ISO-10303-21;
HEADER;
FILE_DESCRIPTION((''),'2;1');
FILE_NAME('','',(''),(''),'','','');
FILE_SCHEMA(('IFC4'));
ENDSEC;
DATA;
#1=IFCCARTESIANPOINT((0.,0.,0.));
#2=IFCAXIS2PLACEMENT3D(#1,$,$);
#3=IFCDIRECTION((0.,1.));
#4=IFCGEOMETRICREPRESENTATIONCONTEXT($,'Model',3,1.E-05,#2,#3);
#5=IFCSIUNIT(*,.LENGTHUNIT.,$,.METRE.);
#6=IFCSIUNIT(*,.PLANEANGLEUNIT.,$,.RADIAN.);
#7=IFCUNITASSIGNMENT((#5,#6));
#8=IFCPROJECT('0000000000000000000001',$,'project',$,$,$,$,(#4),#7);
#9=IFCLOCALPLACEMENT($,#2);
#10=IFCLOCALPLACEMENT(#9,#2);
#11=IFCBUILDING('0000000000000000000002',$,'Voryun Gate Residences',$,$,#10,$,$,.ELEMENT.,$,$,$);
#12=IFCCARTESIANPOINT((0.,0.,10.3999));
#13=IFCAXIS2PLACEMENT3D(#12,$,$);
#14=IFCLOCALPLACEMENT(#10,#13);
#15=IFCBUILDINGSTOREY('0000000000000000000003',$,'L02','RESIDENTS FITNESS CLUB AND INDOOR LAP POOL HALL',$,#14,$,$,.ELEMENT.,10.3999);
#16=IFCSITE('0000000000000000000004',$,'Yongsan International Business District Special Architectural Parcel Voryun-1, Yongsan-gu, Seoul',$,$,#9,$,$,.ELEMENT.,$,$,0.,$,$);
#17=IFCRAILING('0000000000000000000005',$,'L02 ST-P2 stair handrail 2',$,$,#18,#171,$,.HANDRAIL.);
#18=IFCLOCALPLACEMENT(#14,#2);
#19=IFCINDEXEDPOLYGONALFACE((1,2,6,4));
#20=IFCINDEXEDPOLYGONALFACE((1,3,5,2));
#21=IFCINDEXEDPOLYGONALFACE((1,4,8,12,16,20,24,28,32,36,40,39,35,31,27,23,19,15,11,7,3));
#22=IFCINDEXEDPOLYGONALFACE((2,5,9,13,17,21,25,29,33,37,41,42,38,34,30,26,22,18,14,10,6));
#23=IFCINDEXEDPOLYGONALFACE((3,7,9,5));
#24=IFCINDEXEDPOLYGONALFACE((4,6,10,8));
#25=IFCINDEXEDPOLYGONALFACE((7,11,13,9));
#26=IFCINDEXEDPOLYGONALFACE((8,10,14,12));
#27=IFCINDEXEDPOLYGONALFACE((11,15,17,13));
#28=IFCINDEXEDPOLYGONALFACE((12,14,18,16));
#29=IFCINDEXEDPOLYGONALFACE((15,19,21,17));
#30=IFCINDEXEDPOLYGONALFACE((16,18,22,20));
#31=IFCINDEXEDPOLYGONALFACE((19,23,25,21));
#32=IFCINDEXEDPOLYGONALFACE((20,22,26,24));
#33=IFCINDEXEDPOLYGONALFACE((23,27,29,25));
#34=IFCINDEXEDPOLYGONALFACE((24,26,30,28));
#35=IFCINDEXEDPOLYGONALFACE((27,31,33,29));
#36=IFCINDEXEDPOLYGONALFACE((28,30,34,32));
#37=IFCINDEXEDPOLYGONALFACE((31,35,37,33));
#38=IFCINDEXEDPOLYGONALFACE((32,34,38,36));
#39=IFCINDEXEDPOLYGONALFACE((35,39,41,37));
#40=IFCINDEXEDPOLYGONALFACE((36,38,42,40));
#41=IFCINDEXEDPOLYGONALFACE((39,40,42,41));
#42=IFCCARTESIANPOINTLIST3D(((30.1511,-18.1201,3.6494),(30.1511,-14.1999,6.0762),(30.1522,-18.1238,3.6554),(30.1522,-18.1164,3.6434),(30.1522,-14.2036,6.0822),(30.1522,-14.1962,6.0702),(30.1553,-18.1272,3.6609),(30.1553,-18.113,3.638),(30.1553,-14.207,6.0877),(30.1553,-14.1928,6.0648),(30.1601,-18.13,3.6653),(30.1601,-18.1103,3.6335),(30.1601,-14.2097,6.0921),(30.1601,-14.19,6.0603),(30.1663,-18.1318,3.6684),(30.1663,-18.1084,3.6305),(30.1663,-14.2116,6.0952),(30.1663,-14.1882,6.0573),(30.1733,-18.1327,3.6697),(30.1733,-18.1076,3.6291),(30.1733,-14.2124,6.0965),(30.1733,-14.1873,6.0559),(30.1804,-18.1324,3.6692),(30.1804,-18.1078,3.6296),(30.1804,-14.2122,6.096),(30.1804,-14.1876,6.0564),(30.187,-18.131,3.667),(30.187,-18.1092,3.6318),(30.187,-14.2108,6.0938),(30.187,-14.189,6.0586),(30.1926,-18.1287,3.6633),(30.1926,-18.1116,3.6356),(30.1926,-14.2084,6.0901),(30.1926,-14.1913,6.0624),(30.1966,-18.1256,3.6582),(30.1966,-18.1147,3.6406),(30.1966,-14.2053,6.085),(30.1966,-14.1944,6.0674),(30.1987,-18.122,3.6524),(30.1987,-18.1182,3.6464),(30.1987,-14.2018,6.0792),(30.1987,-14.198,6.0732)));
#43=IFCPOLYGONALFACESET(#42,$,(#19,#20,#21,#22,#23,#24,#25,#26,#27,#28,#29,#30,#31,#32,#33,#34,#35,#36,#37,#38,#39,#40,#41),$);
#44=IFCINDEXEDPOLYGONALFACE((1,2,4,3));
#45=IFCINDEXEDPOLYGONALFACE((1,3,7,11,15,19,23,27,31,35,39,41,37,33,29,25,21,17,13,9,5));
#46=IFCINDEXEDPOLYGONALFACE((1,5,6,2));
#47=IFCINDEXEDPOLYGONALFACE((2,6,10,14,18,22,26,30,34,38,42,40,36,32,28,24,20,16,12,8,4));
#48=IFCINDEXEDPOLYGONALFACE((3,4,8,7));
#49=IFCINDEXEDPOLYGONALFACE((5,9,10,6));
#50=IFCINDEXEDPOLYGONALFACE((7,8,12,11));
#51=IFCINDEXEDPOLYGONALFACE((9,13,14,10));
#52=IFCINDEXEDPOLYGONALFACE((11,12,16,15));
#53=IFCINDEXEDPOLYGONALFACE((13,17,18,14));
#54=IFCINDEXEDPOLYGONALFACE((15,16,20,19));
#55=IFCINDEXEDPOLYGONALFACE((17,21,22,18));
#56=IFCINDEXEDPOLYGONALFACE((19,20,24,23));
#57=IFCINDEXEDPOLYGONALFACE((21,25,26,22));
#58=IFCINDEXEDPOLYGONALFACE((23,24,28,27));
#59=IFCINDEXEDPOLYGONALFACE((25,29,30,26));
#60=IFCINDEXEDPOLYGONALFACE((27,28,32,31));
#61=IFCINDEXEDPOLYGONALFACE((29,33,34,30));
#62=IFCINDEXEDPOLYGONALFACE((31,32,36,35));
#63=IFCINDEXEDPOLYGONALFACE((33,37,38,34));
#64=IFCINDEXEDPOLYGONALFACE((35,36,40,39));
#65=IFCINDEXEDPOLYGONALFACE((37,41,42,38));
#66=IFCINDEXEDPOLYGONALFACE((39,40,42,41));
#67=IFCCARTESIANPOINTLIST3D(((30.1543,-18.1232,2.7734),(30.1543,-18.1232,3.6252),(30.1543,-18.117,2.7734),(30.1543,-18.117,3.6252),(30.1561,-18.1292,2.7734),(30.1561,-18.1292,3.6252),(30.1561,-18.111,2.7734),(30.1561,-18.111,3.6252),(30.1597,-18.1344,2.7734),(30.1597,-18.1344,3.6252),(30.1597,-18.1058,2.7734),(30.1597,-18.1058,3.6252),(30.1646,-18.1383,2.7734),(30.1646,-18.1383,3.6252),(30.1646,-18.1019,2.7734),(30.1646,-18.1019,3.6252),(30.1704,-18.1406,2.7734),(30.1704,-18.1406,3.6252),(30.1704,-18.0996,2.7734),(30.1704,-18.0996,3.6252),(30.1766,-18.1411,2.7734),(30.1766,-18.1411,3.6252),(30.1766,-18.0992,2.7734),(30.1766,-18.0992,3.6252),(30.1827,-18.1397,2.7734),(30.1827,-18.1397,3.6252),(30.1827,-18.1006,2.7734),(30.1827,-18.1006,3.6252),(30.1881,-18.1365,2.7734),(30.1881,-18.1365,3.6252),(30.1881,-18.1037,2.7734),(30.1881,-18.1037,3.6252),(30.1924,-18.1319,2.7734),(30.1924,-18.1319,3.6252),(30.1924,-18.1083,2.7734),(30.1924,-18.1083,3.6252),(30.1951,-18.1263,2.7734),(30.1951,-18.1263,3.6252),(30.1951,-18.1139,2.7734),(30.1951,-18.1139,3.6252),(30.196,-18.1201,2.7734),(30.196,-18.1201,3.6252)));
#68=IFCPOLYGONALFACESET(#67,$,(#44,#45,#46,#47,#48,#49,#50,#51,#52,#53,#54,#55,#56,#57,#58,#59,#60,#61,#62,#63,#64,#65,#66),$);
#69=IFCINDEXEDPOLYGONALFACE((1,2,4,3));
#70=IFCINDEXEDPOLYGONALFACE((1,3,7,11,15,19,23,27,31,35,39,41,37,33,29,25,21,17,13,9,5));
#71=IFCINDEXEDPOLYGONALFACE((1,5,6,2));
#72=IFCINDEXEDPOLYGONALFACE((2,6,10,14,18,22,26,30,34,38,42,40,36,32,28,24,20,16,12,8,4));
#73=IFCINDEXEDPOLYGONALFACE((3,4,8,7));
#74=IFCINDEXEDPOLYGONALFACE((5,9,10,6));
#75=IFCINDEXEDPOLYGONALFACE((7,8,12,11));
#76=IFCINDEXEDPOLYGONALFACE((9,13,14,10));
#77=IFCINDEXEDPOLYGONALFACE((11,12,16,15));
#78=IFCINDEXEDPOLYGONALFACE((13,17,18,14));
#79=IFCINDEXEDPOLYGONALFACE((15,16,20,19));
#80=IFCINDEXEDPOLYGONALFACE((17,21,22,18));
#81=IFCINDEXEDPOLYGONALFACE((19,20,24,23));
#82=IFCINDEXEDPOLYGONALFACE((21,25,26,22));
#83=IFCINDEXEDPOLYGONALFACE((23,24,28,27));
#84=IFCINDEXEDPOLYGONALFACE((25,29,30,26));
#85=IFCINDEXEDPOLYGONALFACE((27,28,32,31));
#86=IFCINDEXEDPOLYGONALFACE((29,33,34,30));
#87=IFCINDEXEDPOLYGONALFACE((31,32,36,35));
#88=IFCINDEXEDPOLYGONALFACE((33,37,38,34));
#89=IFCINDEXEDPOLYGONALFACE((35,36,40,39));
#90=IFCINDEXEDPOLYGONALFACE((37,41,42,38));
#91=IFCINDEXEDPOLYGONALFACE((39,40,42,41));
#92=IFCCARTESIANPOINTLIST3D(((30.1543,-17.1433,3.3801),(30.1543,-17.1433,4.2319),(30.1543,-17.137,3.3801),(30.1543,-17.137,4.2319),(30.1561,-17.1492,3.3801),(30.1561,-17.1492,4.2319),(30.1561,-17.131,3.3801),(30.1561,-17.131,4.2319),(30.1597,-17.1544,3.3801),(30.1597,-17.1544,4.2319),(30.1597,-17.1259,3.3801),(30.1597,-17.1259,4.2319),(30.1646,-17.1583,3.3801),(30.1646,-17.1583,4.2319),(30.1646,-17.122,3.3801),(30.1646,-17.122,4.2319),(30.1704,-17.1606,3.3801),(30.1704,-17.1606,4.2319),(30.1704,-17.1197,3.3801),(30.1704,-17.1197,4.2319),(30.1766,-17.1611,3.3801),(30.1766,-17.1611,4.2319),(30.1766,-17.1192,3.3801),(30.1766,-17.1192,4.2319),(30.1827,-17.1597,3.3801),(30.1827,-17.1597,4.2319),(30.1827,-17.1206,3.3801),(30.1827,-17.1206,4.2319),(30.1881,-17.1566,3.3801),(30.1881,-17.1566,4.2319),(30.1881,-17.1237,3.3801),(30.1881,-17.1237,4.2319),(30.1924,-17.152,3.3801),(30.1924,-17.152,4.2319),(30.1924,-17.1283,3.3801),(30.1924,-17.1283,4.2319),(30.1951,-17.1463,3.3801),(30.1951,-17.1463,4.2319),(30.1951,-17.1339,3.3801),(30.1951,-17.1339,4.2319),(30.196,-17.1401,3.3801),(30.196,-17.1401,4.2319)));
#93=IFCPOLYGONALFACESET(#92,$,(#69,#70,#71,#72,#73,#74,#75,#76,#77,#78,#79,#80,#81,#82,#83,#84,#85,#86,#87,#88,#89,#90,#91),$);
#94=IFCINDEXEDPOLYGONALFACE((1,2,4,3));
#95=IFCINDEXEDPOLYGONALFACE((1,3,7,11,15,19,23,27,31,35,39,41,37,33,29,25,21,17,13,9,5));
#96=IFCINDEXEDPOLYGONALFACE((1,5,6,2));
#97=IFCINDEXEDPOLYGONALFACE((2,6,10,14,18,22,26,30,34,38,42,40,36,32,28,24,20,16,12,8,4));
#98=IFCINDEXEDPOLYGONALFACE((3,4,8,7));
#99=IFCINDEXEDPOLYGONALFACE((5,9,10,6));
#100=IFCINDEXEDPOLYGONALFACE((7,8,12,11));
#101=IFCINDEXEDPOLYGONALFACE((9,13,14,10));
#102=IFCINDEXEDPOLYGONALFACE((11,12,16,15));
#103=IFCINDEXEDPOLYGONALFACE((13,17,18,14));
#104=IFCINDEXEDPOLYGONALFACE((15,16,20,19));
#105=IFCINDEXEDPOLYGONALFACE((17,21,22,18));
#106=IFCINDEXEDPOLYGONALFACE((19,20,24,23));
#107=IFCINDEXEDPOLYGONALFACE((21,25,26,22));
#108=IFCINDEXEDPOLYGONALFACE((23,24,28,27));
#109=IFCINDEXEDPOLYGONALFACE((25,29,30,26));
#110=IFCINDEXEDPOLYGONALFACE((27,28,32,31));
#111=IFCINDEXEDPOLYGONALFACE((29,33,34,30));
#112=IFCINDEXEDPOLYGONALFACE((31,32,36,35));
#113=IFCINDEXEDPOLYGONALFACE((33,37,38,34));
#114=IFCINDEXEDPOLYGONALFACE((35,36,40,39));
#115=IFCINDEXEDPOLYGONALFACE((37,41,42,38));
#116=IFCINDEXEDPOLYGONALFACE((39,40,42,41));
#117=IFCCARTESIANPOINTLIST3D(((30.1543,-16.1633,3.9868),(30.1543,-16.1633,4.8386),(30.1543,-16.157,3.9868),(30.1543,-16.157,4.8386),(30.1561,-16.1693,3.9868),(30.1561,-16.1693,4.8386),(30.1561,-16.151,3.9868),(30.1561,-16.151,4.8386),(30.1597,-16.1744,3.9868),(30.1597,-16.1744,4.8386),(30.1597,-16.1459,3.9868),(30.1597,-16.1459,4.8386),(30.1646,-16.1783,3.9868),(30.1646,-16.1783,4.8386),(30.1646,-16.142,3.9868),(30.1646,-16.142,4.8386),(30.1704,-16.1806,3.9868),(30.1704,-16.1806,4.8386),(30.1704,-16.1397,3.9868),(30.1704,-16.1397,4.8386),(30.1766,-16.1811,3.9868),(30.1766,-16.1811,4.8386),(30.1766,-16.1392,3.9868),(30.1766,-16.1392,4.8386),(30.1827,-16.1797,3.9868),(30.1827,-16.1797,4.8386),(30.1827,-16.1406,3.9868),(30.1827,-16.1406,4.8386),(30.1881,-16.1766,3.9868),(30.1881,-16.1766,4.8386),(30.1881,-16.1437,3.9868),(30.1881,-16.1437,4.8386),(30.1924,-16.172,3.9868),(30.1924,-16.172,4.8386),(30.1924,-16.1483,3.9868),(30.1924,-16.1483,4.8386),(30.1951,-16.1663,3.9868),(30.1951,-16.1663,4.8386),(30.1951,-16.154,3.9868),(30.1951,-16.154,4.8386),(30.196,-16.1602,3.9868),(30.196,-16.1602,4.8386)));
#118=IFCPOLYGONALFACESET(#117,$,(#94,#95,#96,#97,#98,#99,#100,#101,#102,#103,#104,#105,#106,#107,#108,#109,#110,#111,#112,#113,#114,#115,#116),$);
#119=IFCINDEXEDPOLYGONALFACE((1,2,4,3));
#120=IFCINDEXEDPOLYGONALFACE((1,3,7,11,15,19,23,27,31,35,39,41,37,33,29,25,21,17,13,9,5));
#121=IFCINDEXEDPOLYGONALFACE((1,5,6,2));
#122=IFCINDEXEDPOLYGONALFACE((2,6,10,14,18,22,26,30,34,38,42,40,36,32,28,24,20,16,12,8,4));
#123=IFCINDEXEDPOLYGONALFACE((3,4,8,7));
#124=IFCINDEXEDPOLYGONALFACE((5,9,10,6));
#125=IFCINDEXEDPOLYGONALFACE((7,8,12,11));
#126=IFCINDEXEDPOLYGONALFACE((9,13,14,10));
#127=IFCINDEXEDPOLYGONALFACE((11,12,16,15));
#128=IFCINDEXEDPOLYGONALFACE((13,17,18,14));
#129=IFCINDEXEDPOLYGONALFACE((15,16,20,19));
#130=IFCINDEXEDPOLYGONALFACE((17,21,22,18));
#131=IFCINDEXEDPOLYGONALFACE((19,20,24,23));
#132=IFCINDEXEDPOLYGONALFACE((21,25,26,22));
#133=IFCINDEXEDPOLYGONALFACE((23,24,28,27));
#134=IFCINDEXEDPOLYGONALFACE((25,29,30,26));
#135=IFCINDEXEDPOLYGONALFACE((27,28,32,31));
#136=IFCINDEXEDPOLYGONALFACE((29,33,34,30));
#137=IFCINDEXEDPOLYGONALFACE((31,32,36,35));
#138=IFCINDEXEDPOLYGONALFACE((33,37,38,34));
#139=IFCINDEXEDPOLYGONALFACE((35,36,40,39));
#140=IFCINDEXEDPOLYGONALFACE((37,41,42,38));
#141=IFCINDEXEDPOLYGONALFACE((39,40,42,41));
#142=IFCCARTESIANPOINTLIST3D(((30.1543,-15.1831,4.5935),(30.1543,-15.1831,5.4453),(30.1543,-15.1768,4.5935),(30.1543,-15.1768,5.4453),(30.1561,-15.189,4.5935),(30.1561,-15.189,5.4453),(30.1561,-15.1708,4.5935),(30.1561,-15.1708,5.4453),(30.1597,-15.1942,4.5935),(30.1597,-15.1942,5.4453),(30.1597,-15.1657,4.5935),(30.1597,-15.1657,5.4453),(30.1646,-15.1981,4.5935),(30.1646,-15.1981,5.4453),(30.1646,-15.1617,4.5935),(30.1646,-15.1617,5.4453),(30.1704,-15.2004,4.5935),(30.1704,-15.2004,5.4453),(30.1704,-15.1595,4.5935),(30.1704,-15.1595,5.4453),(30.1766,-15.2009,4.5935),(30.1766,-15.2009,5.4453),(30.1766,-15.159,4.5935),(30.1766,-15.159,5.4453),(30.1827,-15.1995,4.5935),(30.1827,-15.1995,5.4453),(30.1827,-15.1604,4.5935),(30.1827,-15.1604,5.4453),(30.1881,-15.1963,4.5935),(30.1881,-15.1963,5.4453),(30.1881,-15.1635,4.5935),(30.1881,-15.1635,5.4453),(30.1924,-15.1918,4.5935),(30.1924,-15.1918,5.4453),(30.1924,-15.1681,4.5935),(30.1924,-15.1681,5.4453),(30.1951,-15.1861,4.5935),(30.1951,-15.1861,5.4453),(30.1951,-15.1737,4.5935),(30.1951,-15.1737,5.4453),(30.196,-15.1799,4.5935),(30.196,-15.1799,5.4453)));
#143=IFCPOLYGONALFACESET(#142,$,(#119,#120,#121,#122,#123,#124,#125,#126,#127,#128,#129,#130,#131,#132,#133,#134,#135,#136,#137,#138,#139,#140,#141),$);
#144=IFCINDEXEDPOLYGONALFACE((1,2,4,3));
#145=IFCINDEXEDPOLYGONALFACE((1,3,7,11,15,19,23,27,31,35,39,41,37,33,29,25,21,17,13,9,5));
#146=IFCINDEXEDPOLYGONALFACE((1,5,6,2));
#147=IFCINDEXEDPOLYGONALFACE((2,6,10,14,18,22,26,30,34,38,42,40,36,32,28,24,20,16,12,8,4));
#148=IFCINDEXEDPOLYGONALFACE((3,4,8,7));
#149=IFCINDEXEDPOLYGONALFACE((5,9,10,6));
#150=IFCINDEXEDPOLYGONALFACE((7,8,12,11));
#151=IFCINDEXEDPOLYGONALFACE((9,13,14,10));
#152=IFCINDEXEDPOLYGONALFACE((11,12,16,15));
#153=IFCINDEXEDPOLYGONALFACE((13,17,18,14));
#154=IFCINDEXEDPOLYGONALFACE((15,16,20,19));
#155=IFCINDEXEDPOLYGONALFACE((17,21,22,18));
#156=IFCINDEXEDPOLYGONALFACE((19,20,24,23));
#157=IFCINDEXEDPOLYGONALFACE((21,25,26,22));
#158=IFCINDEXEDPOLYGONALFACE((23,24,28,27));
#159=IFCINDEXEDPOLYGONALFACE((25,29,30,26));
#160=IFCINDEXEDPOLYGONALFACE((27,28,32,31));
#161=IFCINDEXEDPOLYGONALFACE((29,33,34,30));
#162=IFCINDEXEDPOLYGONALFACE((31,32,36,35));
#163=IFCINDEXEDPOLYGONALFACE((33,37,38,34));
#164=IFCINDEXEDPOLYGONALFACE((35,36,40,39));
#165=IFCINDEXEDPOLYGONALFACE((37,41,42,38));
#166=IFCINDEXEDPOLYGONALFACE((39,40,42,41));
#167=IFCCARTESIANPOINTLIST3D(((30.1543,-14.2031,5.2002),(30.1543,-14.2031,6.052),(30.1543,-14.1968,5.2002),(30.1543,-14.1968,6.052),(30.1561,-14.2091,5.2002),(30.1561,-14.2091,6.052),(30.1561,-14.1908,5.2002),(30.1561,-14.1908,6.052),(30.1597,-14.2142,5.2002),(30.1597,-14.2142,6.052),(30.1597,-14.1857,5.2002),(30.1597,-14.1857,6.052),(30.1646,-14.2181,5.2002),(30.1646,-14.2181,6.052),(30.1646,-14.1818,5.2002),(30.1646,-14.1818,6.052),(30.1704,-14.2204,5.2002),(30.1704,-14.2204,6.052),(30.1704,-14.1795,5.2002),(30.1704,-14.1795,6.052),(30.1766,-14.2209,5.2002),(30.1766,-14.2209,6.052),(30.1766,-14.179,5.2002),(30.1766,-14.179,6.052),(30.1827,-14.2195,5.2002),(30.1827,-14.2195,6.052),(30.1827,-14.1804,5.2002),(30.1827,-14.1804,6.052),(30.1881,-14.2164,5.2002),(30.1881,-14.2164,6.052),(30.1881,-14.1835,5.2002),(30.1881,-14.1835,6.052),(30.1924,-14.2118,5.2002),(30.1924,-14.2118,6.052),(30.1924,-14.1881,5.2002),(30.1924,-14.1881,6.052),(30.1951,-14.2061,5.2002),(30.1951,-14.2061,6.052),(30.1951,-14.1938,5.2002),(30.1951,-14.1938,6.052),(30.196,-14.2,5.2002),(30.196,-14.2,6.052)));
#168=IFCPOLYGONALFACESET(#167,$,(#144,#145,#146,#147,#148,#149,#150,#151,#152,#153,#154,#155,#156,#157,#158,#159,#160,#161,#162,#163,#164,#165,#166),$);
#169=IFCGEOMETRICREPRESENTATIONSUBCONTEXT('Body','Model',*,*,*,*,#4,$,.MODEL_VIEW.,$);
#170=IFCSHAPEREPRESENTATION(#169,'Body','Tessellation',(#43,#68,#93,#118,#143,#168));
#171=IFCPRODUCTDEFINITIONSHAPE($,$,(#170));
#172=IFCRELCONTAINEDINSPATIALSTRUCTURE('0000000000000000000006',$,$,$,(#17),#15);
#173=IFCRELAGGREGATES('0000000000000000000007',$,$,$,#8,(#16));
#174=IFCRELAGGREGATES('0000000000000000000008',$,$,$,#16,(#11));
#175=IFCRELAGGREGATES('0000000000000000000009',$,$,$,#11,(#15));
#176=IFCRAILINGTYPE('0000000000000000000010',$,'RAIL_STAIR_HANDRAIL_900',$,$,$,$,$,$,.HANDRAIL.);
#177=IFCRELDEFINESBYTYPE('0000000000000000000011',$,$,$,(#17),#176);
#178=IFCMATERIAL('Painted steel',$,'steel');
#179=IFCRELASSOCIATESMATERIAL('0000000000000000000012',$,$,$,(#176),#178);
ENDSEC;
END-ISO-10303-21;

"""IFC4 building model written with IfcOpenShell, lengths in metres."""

from ifc_helpers import new_model, si_unit, direction, frame, origin, origin_2d, place, context, subcontext, project, spatial, circle, extrude, material, type_object, element, save


model = new_model("IFC4")

# Units and contexts
model_context = context("Model", 3, precision=1e-05, world=origin(), true_north=direction((0.0, 1.0)))
body_context = subcontext(model_context, "Body", "Model", "MODEL_VIEW")
ifc_project = project(units=[si_unit("LENGTHUNIT", "METRE"), si_unit("PLANEANGLEUNIT", "RADIAN")], contexts=[model_context])

# Site, building, storey
site_placement = place(None, origin())
site = spatial("IfcSite", under=ifc_project, at=site_placement, Name="Yongsan International Business District Special Architectural Parcel Voryun-1, Yongsan-gu, Seoul", CompositionType="ELEMENT", RefElevation=0.0)
building_placement = place(site_placement, origin())
building = spatial("IfcBuilding", under=site, at=building_placement, Name="Voryun Gate Residences", CompositionType="ELEMENT")
storey_placement = place(building_placement, frame((0.0, 0.0, 10.3999)))
storey = spatial("IfcBuildingStorey", under=building, at=storey_placement, Name="L02", Description="RESIDENTS FITNESS CLUB AND INDOOR LAP POOL HALL", CompositionType="ELEMENT", Elevation=10.3999)

# Railing
ifc_material_1 = material(Name="Painted steel", Category="steel")
railing_type_1 = type_object("IfcRailingType", Name="RAIL_STAIR_HANDRAIL_900", PredefinedType="HANDRAIL", material=ifc_material_1)
railing_1_placement = place(storey_placement, frame((30.175, -18.1201, 2.7734)))
element("IfcRailing", 1, at=railing_1_placement, inside=storey, type_object=railing_type_1, Name="L02 ST-P2 stair handrail 2", PredefinedType="HANDRAIL", context=body_context, shape_type="SweptSolid", body=[
    extrude(circle(Radius=0.0239, at=origin_2d()), frame((0.0, 0.0, 0.876), z_axis=(0.0, 0.850266, 0.526353), x_axis=(-1.0, 0.0, 0.0)), (0.0, 0.0, 1.0), 4.6106),
    extrude(circle(Radius=0.021, at=origin_2d()), origin(), (0.0, 0.0, 1.0), 0.8518),
    extrude(circle(Radius=0.021, at=origin_2d()), frame((0.0, 0.98, 0.6067)), (0.0, 0.0, 1.0), 0.8518),
    extrude(circle(Radius=0.021, at=origin_2d()), frame((0.0, 1.96, 1.2134)), (0.0, 0.0, 1.0), 0.8518),
    extrude(circle(Radius=0.021, at=origin_2d()), frame((0.0, 2.9402, 1.8201)), (0.0, 0.0, 1.0), 0.8518),
    extrude(circle(Radius=0.021, at=origin_2d()), frame((0.0, 3.9202, 2.4268)), (0.0, 0.0, 1.0), 0.8518),
])

save(model, "model.ifc")
